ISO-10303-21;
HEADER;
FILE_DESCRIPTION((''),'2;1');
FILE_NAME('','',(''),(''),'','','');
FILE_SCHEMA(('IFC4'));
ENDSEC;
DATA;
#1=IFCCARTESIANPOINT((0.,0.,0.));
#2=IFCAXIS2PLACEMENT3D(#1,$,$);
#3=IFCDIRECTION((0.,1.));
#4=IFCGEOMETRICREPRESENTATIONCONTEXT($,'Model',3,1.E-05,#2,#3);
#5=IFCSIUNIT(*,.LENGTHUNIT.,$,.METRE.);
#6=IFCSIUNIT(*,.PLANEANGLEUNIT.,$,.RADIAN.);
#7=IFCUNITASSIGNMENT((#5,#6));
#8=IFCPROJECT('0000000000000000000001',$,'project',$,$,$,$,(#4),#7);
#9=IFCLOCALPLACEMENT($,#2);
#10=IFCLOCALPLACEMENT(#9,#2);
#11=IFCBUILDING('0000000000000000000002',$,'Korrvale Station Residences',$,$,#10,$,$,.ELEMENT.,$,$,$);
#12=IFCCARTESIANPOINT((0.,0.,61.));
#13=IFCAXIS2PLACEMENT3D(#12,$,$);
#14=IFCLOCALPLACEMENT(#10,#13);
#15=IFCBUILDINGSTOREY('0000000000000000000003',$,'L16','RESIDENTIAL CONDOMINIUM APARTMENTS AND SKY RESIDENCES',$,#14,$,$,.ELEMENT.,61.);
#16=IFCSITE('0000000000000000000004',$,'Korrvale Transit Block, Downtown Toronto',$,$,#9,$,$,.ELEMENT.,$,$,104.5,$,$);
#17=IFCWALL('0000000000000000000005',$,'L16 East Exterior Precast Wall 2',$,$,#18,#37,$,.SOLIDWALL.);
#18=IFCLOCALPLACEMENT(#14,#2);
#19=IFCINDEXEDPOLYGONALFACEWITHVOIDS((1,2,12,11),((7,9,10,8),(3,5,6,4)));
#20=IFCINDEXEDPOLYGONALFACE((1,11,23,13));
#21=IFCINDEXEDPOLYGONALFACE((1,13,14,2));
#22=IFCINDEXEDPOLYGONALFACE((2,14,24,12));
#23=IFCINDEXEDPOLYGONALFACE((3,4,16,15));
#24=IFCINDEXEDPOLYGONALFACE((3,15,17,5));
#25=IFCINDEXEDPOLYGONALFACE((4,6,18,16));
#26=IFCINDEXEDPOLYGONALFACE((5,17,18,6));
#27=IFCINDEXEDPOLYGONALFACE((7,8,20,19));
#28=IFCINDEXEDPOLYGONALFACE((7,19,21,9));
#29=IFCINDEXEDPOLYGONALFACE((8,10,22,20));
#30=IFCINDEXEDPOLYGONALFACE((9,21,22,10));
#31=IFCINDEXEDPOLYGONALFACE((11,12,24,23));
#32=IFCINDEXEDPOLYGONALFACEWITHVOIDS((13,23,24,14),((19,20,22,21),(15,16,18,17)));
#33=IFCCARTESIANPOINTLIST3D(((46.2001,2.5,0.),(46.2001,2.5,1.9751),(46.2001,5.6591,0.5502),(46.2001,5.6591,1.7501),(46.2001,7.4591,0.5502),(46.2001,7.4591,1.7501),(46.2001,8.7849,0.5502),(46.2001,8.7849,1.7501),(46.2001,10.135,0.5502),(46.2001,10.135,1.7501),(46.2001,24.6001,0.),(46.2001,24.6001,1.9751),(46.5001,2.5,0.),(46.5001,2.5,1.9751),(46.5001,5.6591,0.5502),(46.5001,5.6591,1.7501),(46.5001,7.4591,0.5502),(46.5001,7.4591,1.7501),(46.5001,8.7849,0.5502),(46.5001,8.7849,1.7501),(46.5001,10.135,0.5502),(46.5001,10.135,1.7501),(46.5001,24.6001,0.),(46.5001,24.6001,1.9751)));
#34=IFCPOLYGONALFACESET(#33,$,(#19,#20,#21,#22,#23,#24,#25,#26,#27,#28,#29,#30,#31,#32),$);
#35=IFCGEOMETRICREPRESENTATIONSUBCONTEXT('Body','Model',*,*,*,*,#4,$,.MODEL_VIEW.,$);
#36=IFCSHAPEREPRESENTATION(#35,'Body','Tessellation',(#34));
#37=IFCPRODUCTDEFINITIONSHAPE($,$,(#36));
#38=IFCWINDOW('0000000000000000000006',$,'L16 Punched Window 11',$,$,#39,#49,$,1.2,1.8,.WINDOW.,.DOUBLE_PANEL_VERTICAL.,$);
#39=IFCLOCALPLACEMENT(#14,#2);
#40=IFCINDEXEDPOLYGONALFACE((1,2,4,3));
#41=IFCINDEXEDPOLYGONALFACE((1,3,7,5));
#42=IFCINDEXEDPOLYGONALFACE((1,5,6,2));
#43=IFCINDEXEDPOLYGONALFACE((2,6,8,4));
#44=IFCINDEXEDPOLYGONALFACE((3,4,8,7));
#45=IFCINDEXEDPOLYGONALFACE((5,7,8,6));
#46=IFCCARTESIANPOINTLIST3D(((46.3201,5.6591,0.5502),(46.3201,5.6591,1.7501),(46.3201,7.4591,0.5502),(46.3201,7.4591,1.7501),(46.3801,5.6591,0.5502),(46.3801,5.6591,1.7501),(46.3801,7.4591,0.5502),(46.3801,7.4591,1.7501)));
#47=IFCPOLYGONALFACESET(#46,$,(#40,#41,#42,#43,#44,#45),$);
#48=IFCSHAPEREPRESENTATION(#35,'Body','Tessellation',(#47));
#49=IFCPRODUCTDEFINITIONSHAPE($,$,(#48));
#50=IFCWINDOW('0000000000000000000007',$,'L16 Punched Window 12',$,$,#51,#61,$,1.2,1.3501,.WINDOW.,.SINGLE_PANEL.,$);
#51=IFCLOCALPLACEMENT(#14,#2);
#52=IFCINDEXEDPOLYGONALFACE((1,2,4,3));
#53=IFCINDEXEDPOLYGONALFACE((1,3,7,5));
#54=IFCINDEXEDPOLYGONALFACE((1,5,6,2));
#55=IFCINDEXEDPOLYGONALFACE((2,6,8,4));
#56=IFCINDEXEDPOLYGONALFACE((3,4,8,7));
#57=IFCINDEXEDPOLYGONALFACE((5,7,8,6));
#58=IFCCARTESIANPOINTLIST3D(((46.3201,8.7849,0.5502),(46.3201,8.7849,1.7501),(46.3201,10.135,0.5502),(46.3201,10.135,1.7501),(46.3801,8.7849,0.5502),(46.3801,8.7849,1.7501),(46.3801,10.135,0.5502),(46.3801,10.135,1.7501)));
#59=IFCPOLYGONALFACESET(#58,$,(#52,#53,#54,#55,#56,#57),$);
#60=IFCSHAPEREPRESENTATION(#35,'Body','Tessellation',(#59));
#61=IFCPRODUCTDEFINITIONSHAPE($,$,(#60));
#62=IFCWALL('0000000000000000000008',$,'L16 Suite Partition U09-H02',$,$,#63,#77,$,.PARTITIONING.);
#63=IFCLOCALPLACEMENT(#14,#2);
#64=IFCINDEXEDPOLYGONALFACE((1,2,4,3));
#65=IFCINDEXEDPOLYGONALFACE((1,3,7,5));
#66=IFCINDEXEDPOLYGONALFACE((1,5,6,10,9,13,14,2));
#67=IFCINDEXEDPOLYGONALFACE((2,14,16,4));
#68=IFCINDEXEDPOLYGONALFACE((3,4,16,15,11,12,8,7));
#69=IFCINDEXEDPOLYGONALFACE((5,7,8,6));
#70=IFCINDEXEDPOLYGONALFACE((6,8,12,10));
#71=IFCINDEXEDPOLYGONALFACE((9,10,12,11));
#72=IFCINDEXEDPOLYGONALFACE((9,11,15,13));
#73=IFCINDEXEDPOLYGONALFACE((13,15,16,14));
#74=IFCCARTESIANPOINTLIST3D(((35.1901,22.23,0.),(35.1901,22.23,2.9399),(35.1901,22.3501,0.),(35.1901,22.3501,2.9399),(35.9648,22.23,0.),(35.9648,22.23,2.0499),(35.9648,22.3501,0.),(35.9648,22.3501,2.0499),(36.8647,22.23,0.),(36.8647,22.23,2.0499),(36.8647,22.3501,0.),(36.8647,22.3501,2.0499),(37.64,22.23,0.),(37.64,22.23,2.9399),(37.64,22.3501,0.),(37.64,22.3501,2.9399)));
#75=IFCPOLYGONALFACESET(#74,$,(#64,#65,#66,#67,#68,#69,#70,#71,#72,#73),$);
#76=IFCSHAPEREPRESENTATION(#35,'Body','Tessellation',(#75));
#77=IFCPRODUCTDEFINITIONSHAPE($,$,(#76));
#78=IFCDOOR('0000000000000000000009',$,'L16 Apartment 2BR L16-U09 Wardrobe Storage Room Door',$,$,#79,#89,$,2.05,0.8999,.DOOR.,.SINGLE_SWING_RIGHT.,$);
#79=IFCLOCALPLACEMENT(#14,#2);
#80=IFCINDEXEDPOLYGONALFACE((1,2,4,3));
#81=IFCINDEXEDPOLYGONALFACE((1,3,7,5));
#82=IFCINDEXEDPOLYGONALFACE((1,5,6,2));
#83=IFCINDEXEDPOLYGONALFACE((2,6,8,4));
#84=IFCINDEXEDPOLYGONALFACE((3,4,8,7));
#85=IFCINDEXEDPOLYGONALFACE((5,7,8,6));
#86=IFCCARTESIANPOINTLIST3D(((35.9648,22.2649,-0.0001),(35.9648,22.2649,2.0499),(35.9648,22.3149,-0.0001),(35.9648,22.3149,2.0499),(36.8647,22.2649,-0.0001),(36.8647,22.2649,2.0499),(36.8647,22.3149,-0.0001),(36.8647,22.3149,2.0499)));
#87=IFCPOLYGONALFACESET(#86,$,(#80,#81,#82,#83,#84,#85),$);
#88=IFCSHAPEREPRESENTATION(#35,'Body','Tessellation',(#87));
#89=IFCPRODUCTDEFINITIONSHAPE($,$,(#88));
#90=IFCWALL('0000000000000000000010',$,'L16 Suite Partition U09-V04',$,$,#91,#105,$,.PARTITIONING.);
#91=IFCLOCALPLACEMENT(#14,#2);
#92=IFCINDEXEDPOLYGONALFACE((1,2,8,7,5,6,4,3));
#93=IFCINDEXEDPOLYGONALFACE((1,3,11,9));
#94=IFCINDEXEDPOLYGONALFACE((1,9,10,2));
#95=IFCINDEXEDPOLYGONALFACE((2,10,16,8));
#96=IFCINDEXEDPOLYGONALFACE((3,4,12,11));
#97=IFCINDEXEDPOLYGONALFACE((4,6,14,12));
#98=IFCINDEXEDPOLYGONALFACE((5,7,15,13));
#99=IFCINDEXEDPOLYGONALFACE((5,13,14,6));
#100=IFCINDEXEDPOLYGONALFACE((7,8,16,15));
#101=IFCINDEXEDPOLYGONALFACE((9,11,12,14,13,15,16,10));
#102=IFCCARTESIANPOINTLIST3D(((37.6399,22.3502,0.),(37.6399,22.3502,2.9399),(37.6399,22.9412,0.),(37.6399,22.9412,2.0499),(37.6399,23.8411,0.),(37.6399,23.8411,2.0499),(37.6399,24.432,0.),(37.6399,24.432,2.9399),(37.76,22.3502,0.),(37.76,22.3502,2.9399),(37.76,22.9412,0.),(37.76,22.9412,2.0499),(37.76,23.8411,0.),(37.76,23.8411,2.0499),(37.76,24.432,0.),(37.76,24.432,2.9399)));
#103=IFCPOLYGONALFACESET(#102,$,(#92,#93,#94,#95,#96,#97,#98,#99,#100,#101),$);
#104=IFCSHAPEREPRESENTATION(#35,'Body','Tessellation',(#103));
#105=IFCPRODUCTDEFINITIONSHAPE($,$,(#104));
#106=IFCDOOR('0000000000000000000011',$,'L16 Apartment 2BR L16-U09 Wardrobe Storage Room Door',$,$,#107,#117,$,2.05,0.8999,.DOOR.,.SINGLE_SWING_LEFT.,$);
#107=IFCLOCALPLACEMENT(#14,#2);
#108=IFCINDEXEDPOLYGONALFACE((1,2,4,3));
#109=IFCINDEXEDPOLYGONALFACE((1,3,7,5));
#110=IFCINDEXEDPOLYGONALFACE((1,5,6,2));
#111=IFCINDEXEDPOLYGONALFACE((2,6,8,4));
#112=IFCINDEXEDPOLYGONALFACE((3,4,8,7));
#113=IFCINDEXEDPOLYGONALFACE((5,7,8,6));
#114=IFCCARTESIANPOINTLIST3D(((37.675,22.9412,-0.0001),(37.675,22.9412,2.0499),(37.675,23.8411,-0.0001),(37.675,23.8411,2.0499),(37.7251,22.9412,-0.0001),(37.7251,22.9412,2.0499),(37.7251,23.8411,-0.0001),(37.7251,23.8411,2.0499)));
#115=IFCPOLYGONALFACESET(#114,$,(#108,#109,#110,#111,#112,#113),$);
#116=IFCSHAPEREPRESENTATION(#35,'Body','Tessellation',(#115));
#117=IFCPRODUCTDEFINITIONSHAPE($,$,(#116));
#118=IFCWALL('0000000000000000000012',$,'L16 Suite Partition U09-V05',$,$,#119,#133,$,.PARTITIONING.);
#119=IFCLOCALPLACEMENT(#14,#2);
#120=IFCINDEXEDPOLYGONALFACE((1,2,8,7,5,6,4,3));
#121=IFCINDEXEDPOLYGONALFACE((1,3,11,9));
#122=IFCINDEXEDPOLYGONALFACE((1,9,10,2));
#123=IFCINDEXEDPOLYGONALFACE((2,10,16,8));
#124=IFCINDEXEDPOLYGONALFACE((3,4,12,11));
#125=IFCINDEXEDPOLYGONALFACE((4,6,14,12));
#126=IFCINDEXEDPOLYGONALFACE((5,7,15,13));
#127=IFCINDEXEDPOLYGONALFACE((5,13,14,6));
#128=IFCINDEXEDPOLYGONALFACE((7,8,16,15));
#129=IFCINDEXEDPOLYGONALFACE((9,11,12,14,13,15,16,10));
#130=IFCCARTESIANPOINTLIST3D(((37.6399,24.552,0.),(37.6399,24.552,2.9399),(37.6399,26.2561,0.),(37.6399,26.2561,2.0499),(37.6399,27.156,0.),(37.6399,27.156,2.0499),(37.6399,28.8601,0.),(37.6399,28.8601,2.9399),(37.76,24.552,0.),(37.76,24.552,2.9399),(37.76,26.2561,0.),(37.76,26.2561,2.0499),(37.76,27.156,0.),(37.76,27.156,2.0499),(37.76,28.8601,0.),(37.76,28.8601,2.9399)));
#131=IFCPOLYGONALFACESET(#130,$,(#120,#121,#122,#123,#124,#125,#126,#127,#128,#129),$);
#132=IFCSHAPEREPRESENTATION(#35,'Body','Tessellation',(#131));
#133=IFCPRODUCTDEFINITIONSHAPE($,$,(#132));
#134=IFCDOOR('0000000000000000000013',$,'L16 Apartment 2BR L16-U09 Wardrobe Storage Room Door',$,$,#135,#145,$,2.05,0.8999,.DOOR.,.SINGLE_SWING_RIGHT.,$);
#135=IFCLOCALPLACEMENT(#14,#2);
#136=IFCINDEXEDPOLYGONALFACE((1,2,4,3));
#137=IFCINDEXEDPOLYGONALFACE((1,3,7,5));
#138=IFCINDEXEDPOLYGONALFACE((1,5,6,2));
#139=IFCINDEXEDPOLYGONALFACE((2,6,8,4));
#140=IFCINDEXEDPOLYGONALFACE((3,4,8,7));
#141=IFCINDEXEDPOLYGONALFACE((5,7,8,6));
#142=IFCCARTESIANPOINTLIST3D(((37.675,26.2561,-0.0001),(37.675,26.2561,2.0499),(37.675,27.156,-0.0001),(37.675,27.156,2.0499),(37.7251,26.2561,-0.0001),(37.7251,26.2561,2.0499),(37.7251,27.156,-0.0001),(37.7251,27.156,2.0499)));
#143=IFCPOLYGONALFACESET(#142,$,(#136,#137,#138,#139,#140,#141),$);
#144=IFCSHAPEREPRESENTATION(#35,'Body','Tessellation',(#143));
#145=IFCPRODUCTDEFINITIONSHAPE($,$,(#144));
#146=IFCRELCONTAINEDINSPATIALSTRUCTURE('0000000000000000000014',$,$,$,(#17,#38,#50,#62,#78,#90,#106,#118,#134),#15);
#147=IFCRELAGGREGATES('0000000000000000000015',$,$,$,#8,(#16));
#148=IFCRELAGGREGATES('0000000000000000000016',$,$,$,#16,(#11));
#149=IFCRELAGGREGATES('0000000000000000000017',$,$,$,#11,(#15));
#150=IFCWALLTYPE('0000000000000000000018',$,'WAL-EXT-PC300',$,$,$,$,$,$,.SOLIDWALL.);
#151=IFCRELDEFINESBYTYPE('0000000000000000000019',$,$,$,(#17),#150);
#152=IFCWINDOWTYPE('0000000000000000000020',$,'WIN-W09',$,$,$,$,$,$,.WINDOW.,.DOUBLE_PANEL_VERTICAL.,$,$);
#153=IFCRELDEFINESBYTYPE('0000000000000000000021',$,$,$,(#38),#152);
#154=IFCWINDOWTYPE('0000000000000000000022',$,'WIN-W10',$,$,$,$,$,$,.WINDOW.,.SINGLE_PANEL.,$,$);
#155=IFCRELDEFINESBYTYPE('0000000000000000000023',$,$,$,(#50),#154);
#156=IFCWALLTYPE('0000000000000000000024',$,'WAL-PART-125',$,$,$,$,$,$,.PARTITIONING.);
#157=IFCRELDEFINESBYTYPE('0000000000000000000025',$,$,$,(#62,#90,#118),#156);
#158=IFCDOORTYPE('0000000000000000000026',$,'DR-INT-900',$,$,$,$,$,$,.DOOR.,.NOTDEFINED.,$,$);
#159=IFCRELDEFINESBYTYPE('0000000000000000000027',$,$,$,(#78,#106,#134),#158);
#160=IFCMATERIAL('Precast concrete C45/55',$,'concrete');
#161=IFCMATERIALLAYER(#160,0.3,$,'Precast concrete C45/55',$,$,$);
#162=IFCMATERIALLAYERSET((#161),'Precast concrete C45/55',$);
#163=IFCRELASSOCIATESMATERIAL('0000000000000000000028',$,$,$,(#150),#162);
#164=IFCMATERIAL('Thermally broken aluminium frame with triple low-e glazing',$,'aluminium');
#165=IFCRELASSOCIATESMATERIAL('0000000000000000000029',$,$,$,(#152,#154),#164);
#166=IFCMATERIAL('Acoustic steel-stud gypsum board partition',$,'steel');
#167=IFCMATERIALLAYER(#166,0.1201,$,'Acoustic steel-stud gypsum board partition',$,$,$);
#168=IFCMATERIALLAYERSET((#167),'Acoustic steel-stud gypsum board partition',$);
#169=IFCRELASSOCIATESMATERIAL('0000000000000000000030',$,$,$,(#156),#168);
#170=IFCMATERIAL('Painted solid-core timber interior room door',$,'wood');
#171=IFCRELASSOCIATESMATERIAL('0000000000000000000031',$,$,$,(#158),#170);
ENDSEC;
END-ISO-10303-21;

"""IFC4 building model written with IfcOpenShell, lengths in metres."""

from ifc_helpers import new_model, si_unit, direction, frame, frame_2d, origin, place, context, subcontext, project, spatial, rectangle, extrude, material, layer, layer_set, type_object, element, fill, save


model = new_model("IFC4")

# Units and contexts
model_context = context("Model", 3, precision=1e-05, world=origin(), true_north=direction((0.0, 1.0)))
body_context = subcontext(model_context, "Body", "Model", "MODEL_VIEW")
ifc_project = project(units=[si_unit("LENGTHUNIT", "METRE"), si_unit("PLANEANGLEUNIT", "RADIAN")], contexts=[model_context])

# Site, building, storey
site_placement = place(None, origin())
site = spatial("IfcSite", under=ifc_project, at=site_placement, Name="Korrvale Transit Block, Downtown Toronto", CompositionType="ELEMENT", RefElevation=104.5)
building_placement = place(site_placement, origin())
building = spatial("IfcBuilding", under=site, at=building_placement, Name="Korrvale Station Residences", CompositionType="ELEMENT")
storey_placement = place(building_placement, frame((0.0, 0.0, 61.0)))
storey = spatial("IfcBuildingStorey", under=building, at=storey_placement, Name="L16", Description="RESIDENTIAL CONDOMINIUM APARTMENTS AND SKY RESIDENCES", CompositionType="ELEMENT", Elevation=61.0)

# Shared definitions
ifc_material_1 = material(Name="Precast concrete C45/55", Category="concrete")

# Shared definitions
ifc_material_2 = material(Name="Thermally broken aluminium frame with triple low-e glazing", Category="aluminium")

# Wall, openings, windows
ifc_layer_1 = layer(ifc_material_1, 0.3, Name="Precast concrete C45/55")
ifc_layer_set_1 = layer_set([ifc_layer_1], Name="Precast concrete C45/55")
wall_type_1 = type_object("IfcWallType", Name="WAL-EXT-PC300", PredefinedType="SOLIDWALL", material=ifc_layer_set_1)
wall_1_placement = place(storey_placement, frame((46.3501, 24.6001, 0.0), z_axis=(0.0, 0.0, 1.0), x_axis=(0.0, -1.0, 0.0)))
wall_1 = element("IfcWall", 1, at=wall_1_placement, inside=storey, type_object=wall_type_1, Name="L16 East Exterior Precast Wall 2", PredefinedType="SOLIDWALL", context=body_context, shape_type="SweptSolid", body=[
    extrude(rectangle(XDim=22.1001, YDim=0.3, at=frame_2d((11.05, 0.0))), origin(), (0.0, 0.0, 1.0), 1.9751),
])
opening_1_placement = place(wall_1_placement, frame((17.1411, 0.0, 0.55)))
opening_1 = element("IfcOpeningElement", 2, at=opening_1_placement, cuts=wall_1, PredefinedType="OPENING", context=body_context, shape_type="SweptSolid", body=[
    extrude(rectangle(XDim=1.8, YDim=1.2, at=frame_2d((0.8999, 0.6001))), frame((0.0, 0.1602, 0.0), z_axis=(0.0, -1.0, 0.0), x_axis=(1.0, 0.0, 0.0)), (0.0, 0.0, 1.0), 0.3201),
])
opening_2_placement = place(wall_1_placement, frame((14.4651, 0.0, 0.55)))
opening_2 = element("IfcOpeningElement", 3, at=opening_2_placement, cuts=wall_1, PredefinedType="OPENING", context=body_context, shape_type="SweptSolid", body=[
    extrude(rectangle(XDim=1.3501, YDim=1.2, at=frame_2d((0.675, 0.6001))), frame((0.0, 0.1602, 0.0), z_axis=(0.0, -1.0, 0.0), x_axis=(1.0, 0.0, 0.0)), (0.0, 0.0, 1.0), 0.3201),
])
window_type_1 = type_object("IfcWindowType", Name="WIN-W09", PartitioningType="DOUBLE_PANEL_VERTICAL", PredefinedType="WINDOW", material=ifc_material_2)
window_1_placement = place(opening_1_placement, origin())
window_1 = element("IfcWindow", 4, at=window_1_placement, inside=storey, type_object=window_type_1, Name="L16 Punched Window 11", OverallHeight=1.2, OverallWidth=1.8, PartitioningType="DOUBLE_PANEL_VERTICAL", PredefinedType="WINDOW", context=body_context, shape_type="SweptSolid", body=[
    extrude(rectangle(XDim=1.8, YDim=1.2, at=frame_2d((0.8999, 0.6001))), frame((0.0, 0.03, 0.0), z_axis=(0.0, -1.0, 0.0), x_axis=(1.0, 0.0, 0.0)), (0.0, 0.0, 1.0), 0.0601),
])
fill(opening_1, window_1)
window_type_2 = type_object("IfcWindowType", Name="WIN-W10", PartitioningType="SINGLE_PANEL", PredefinedType="WINDOW", material=ifc_material_2)
window_2_placement = place(opening_2_placement, origin())
window_2 = element("IfcWindow", 5, at=window_2_placement, inside=storey, type_object=window_type_2, Name="L16 Punched Window 12", OverallHeight=1.2, OverallWidth=1.3501, PartitioningType="SINGLE_PANEL", PredefinedType="WINDOW", context=body_context, shape_type="SweptSolid", body=[
    extrude(rectangle(XDim=1.3501, YDim=1.2, at=frame_2d((0.675, 0.6001))), frame((0.0, 0.03, 0.0), z_axis=(0.0, -1.0, 0.0), x_axis=(1.0, 0.0, 0.0)), (0.0, 0.0, 1.0), 0.0601),
])
fill(opening_2, window_2)

# Walls, openings, doors
ifc_material_3 = material(Name="Acoustic steel-stud gypsum board partition", Category="steel")
ifc_layer_2 = layer(ifc_material_3, 0.1201, Name="Acoustic steel-stud gypsum board partition")
ifc_layer_set_2 = layer_set([ifc_layer_2], Name="Acoustic steel-stud gypsum board partition")
wall_type_2 = type_object("IfcWallType", Name="WAL-PART-125", PredefinedType="PARTITIONING", material=ifc_layer_set_2)
wall_2_placement = place(storey_placement, frame((35.1899, 22.29, 0.0), z_axis=(0.0, 0.0, 1.0), x_axis=(1.0, 0.0, 0.0)))
wall_2 = element("IfcWall", 6, at=wall_2_placement, inside=storey, type_object=wall_type_2, Name="L16 Suite Partition U09-H02", PredefinedType="PARTITIONING", context=body_context, shape_type="SweptSolid", body=[
    extrude(rectangle(XDim=2.45, YDim=0.1201, at=frame_2d((1.2251, 0.0))), origin(), (0.0, 0.0, 1.0), 2.9399),
])
opening_3_placement = place(wall_2_placement, frame((0.7749, 0.0, 0.0)))
opening_3 = element("IfcOpeningElement", 7, at=opening_3_placement, cuts=wall_2, PredefinedType="OPENING", context=body_context, shape_type="SweptSolid", body=[
    extrude(rectangle(XDim=0.8999, YDim=2.05, at=frame_2d((0.45, 1.0249))), frame((0.0, 0.0701, 0.0), z_axis=(0.0, -1.0, 0.0), x_axis=(1.0, 0.0, 0.0)), (0.0, 0.0, 1.0), 0.1401),
])
ifc_material_4 = material(Name="Painted solid-core timber interior room door", Category="wood")
door_type_1 = type_object("IfcDoorType", Name="DR-INT-900", OperationType="NOTDEFINED", PredefinedType="DOOR", material=ifc_material_4)
door_1_placement = place(opening_3_placement, origin())
door_1 = element("IfcDoor", 8, at=door_1_placement, inside=storey, type_object=door_type_1, Name="L16 Apartment 2BR L16-U09 Wardrobe Storage Room Door", OperationType="SINGLE_SWING_RIGHT", OverallHeight=2.05, OverallWidth=0.8999, PredefinedType="DOOR", context=body_context, shape_type="SweptSolid", body=[
    extrude(rectangle(XDim=0.8999, YDim=2.05, at=frame_2d((0.45, 1.0249))), frame((0.0, 0.0249, 0.0), z_axis=(0.0, -1.0, 0.0), x_axis=(1.0, 0.0, 0.0)), (0.0, 0.0, 1.0), 0.05),
])
fill(opening_3, door_1)
wall_3_placement = place(storey_placement, frame((37.7, 22.3501, 0.0), z_axis=(0.0, 0.0, 1.0), x_axis=(0.0, 1.0, 0.0)))
wall_3 = element("IfcWall", 9, at=wall_3_placement, inside=storey, type_object=wall_type_2, Name="L16 Suite Partition U09-V04", PredefinedType="PARTITIONING", context=body_context, shape_type="SweptSolid", body=[
    extrude(rectangle(XDim=2.0818, YDim=0.1201, at=frame_2d((1.041, 0.0))), origin(), (0.0, 0.0, 1.0), 2.9399),
])
opening_4_placement = place(wall_3_placement, frame((0.5911, 0.0, 0.0)))
opening_4 = element("IfcOpeningElement", 10, at=opening_4_placement, cuts=wall_3, PredefinedType="OPENING", context=body_context, shape_type="SweptSolid", body=[
    extrude(rectangle(XDim=0.8999, YDim=2.05, at=frame_2d((0.45, 1.0249))), frame((0.0, 0.0701, 0.0), z_axis=(0.0, -1.0, 0.0), x_axis=(1.0, 0.0, 0.0)), (0.0, 0.0, 1.0), 0.1401),
])
door_2_placement = place(opening_4_placement, origin())
door_2 = element("IfcDoor", 11, at=door_2_placement, inside=storey, type_object=door_type_1, Name="L16 Apartment 2BR L16-U09 Wardrobe Storage Room Door", OperationType="SINGLE_SWING_LEFT", OverallHeight=2.05, OverallWidth=0.8999, PredefinedType="DOOR", context=body_context, shape_type="SweptSolid", body=[
    extrude(rectangle(XDim=0.8999, YDim=2.05, at=frame_2d((0.45, 1.0249))), frame((0.0, 0.0249, 0.0), z_axis=(0.0, -1.0, 0.0), x_axis=(1.0, 0.0, 0.0)), (0.0, 0.0, 1.0), 0.05),
])
fill(opening_4, door_2)
wall_4_placement = place(storey_placement, frame((37.7, 24.552, 0.0), z_axis=(0.0, 0.0, 1.0), x_axis=(0.0, 1.0, 0.0)))
wall_4 = element("IfcWall", 12, at=wall_4_placement, inside=storey, type_object=wall_type_2, Name="L16 Suite Partition U09-V05", PredefinedType="PARTITIONING", context=body_context, shape_type="SweptSolid", body=[
    extrude(rectangle(XDim=4.3081, YDim=0.1201, at=frame_2d((2.1541, 0.0))), origin(), (0.0, 0.0, 1.0), 2.9399),
])
opening_5_placement = place(wall_4_placement, frame((1.7041, 0.0, 0.0)))
opening_5 = element("IfcOpeningElement", 13, at=opening_5_placement, cuts=wall_4, PredefinedType="OPENING", context=body_context, shape_type="SweptSolid", body=[
    extrude(rectangle(XDim=0.8999, YDim=2.05, at=frame_2d((0.45, 1.0249))), frame((0.0, 0.0701, 0.0), z_axis=(0.0, -1.0, 0.0), x_axis=(1.0, 0.0, 0.0)), (0.0, 0.0, 1.0), 0.1401),
])
door_3_placement = place(opening_5_placement, origin())
door_3 = element("IfcDoor", 14, at=door_3_placement, inside=storey, type_object=door_type_1, Name="L16 Apartment 2BR L16-U09 Wardrobe Storage Room Door", OperationType="SINGLE_SWING_RIGHT", OverallHeight=2.05, OverallWidth=0.8999, PredefinedType="DOOR", context=body_context, shape_type="SweptSolid", body=[
    extrude(rectangle(XDim=0.8999, YDim=2.05, at=frame_2d((0.45, 1.0249))), frame((0.0, 0.0249, 0.0), z_axis=(0.0, -1.0, 0.0), x_axis=(1.0, 0.0, 0.0)), (0.0, 0.0, 1.0), 0.05),
])
fill(opening_5, door_3)

save(model, "model.ifc")
